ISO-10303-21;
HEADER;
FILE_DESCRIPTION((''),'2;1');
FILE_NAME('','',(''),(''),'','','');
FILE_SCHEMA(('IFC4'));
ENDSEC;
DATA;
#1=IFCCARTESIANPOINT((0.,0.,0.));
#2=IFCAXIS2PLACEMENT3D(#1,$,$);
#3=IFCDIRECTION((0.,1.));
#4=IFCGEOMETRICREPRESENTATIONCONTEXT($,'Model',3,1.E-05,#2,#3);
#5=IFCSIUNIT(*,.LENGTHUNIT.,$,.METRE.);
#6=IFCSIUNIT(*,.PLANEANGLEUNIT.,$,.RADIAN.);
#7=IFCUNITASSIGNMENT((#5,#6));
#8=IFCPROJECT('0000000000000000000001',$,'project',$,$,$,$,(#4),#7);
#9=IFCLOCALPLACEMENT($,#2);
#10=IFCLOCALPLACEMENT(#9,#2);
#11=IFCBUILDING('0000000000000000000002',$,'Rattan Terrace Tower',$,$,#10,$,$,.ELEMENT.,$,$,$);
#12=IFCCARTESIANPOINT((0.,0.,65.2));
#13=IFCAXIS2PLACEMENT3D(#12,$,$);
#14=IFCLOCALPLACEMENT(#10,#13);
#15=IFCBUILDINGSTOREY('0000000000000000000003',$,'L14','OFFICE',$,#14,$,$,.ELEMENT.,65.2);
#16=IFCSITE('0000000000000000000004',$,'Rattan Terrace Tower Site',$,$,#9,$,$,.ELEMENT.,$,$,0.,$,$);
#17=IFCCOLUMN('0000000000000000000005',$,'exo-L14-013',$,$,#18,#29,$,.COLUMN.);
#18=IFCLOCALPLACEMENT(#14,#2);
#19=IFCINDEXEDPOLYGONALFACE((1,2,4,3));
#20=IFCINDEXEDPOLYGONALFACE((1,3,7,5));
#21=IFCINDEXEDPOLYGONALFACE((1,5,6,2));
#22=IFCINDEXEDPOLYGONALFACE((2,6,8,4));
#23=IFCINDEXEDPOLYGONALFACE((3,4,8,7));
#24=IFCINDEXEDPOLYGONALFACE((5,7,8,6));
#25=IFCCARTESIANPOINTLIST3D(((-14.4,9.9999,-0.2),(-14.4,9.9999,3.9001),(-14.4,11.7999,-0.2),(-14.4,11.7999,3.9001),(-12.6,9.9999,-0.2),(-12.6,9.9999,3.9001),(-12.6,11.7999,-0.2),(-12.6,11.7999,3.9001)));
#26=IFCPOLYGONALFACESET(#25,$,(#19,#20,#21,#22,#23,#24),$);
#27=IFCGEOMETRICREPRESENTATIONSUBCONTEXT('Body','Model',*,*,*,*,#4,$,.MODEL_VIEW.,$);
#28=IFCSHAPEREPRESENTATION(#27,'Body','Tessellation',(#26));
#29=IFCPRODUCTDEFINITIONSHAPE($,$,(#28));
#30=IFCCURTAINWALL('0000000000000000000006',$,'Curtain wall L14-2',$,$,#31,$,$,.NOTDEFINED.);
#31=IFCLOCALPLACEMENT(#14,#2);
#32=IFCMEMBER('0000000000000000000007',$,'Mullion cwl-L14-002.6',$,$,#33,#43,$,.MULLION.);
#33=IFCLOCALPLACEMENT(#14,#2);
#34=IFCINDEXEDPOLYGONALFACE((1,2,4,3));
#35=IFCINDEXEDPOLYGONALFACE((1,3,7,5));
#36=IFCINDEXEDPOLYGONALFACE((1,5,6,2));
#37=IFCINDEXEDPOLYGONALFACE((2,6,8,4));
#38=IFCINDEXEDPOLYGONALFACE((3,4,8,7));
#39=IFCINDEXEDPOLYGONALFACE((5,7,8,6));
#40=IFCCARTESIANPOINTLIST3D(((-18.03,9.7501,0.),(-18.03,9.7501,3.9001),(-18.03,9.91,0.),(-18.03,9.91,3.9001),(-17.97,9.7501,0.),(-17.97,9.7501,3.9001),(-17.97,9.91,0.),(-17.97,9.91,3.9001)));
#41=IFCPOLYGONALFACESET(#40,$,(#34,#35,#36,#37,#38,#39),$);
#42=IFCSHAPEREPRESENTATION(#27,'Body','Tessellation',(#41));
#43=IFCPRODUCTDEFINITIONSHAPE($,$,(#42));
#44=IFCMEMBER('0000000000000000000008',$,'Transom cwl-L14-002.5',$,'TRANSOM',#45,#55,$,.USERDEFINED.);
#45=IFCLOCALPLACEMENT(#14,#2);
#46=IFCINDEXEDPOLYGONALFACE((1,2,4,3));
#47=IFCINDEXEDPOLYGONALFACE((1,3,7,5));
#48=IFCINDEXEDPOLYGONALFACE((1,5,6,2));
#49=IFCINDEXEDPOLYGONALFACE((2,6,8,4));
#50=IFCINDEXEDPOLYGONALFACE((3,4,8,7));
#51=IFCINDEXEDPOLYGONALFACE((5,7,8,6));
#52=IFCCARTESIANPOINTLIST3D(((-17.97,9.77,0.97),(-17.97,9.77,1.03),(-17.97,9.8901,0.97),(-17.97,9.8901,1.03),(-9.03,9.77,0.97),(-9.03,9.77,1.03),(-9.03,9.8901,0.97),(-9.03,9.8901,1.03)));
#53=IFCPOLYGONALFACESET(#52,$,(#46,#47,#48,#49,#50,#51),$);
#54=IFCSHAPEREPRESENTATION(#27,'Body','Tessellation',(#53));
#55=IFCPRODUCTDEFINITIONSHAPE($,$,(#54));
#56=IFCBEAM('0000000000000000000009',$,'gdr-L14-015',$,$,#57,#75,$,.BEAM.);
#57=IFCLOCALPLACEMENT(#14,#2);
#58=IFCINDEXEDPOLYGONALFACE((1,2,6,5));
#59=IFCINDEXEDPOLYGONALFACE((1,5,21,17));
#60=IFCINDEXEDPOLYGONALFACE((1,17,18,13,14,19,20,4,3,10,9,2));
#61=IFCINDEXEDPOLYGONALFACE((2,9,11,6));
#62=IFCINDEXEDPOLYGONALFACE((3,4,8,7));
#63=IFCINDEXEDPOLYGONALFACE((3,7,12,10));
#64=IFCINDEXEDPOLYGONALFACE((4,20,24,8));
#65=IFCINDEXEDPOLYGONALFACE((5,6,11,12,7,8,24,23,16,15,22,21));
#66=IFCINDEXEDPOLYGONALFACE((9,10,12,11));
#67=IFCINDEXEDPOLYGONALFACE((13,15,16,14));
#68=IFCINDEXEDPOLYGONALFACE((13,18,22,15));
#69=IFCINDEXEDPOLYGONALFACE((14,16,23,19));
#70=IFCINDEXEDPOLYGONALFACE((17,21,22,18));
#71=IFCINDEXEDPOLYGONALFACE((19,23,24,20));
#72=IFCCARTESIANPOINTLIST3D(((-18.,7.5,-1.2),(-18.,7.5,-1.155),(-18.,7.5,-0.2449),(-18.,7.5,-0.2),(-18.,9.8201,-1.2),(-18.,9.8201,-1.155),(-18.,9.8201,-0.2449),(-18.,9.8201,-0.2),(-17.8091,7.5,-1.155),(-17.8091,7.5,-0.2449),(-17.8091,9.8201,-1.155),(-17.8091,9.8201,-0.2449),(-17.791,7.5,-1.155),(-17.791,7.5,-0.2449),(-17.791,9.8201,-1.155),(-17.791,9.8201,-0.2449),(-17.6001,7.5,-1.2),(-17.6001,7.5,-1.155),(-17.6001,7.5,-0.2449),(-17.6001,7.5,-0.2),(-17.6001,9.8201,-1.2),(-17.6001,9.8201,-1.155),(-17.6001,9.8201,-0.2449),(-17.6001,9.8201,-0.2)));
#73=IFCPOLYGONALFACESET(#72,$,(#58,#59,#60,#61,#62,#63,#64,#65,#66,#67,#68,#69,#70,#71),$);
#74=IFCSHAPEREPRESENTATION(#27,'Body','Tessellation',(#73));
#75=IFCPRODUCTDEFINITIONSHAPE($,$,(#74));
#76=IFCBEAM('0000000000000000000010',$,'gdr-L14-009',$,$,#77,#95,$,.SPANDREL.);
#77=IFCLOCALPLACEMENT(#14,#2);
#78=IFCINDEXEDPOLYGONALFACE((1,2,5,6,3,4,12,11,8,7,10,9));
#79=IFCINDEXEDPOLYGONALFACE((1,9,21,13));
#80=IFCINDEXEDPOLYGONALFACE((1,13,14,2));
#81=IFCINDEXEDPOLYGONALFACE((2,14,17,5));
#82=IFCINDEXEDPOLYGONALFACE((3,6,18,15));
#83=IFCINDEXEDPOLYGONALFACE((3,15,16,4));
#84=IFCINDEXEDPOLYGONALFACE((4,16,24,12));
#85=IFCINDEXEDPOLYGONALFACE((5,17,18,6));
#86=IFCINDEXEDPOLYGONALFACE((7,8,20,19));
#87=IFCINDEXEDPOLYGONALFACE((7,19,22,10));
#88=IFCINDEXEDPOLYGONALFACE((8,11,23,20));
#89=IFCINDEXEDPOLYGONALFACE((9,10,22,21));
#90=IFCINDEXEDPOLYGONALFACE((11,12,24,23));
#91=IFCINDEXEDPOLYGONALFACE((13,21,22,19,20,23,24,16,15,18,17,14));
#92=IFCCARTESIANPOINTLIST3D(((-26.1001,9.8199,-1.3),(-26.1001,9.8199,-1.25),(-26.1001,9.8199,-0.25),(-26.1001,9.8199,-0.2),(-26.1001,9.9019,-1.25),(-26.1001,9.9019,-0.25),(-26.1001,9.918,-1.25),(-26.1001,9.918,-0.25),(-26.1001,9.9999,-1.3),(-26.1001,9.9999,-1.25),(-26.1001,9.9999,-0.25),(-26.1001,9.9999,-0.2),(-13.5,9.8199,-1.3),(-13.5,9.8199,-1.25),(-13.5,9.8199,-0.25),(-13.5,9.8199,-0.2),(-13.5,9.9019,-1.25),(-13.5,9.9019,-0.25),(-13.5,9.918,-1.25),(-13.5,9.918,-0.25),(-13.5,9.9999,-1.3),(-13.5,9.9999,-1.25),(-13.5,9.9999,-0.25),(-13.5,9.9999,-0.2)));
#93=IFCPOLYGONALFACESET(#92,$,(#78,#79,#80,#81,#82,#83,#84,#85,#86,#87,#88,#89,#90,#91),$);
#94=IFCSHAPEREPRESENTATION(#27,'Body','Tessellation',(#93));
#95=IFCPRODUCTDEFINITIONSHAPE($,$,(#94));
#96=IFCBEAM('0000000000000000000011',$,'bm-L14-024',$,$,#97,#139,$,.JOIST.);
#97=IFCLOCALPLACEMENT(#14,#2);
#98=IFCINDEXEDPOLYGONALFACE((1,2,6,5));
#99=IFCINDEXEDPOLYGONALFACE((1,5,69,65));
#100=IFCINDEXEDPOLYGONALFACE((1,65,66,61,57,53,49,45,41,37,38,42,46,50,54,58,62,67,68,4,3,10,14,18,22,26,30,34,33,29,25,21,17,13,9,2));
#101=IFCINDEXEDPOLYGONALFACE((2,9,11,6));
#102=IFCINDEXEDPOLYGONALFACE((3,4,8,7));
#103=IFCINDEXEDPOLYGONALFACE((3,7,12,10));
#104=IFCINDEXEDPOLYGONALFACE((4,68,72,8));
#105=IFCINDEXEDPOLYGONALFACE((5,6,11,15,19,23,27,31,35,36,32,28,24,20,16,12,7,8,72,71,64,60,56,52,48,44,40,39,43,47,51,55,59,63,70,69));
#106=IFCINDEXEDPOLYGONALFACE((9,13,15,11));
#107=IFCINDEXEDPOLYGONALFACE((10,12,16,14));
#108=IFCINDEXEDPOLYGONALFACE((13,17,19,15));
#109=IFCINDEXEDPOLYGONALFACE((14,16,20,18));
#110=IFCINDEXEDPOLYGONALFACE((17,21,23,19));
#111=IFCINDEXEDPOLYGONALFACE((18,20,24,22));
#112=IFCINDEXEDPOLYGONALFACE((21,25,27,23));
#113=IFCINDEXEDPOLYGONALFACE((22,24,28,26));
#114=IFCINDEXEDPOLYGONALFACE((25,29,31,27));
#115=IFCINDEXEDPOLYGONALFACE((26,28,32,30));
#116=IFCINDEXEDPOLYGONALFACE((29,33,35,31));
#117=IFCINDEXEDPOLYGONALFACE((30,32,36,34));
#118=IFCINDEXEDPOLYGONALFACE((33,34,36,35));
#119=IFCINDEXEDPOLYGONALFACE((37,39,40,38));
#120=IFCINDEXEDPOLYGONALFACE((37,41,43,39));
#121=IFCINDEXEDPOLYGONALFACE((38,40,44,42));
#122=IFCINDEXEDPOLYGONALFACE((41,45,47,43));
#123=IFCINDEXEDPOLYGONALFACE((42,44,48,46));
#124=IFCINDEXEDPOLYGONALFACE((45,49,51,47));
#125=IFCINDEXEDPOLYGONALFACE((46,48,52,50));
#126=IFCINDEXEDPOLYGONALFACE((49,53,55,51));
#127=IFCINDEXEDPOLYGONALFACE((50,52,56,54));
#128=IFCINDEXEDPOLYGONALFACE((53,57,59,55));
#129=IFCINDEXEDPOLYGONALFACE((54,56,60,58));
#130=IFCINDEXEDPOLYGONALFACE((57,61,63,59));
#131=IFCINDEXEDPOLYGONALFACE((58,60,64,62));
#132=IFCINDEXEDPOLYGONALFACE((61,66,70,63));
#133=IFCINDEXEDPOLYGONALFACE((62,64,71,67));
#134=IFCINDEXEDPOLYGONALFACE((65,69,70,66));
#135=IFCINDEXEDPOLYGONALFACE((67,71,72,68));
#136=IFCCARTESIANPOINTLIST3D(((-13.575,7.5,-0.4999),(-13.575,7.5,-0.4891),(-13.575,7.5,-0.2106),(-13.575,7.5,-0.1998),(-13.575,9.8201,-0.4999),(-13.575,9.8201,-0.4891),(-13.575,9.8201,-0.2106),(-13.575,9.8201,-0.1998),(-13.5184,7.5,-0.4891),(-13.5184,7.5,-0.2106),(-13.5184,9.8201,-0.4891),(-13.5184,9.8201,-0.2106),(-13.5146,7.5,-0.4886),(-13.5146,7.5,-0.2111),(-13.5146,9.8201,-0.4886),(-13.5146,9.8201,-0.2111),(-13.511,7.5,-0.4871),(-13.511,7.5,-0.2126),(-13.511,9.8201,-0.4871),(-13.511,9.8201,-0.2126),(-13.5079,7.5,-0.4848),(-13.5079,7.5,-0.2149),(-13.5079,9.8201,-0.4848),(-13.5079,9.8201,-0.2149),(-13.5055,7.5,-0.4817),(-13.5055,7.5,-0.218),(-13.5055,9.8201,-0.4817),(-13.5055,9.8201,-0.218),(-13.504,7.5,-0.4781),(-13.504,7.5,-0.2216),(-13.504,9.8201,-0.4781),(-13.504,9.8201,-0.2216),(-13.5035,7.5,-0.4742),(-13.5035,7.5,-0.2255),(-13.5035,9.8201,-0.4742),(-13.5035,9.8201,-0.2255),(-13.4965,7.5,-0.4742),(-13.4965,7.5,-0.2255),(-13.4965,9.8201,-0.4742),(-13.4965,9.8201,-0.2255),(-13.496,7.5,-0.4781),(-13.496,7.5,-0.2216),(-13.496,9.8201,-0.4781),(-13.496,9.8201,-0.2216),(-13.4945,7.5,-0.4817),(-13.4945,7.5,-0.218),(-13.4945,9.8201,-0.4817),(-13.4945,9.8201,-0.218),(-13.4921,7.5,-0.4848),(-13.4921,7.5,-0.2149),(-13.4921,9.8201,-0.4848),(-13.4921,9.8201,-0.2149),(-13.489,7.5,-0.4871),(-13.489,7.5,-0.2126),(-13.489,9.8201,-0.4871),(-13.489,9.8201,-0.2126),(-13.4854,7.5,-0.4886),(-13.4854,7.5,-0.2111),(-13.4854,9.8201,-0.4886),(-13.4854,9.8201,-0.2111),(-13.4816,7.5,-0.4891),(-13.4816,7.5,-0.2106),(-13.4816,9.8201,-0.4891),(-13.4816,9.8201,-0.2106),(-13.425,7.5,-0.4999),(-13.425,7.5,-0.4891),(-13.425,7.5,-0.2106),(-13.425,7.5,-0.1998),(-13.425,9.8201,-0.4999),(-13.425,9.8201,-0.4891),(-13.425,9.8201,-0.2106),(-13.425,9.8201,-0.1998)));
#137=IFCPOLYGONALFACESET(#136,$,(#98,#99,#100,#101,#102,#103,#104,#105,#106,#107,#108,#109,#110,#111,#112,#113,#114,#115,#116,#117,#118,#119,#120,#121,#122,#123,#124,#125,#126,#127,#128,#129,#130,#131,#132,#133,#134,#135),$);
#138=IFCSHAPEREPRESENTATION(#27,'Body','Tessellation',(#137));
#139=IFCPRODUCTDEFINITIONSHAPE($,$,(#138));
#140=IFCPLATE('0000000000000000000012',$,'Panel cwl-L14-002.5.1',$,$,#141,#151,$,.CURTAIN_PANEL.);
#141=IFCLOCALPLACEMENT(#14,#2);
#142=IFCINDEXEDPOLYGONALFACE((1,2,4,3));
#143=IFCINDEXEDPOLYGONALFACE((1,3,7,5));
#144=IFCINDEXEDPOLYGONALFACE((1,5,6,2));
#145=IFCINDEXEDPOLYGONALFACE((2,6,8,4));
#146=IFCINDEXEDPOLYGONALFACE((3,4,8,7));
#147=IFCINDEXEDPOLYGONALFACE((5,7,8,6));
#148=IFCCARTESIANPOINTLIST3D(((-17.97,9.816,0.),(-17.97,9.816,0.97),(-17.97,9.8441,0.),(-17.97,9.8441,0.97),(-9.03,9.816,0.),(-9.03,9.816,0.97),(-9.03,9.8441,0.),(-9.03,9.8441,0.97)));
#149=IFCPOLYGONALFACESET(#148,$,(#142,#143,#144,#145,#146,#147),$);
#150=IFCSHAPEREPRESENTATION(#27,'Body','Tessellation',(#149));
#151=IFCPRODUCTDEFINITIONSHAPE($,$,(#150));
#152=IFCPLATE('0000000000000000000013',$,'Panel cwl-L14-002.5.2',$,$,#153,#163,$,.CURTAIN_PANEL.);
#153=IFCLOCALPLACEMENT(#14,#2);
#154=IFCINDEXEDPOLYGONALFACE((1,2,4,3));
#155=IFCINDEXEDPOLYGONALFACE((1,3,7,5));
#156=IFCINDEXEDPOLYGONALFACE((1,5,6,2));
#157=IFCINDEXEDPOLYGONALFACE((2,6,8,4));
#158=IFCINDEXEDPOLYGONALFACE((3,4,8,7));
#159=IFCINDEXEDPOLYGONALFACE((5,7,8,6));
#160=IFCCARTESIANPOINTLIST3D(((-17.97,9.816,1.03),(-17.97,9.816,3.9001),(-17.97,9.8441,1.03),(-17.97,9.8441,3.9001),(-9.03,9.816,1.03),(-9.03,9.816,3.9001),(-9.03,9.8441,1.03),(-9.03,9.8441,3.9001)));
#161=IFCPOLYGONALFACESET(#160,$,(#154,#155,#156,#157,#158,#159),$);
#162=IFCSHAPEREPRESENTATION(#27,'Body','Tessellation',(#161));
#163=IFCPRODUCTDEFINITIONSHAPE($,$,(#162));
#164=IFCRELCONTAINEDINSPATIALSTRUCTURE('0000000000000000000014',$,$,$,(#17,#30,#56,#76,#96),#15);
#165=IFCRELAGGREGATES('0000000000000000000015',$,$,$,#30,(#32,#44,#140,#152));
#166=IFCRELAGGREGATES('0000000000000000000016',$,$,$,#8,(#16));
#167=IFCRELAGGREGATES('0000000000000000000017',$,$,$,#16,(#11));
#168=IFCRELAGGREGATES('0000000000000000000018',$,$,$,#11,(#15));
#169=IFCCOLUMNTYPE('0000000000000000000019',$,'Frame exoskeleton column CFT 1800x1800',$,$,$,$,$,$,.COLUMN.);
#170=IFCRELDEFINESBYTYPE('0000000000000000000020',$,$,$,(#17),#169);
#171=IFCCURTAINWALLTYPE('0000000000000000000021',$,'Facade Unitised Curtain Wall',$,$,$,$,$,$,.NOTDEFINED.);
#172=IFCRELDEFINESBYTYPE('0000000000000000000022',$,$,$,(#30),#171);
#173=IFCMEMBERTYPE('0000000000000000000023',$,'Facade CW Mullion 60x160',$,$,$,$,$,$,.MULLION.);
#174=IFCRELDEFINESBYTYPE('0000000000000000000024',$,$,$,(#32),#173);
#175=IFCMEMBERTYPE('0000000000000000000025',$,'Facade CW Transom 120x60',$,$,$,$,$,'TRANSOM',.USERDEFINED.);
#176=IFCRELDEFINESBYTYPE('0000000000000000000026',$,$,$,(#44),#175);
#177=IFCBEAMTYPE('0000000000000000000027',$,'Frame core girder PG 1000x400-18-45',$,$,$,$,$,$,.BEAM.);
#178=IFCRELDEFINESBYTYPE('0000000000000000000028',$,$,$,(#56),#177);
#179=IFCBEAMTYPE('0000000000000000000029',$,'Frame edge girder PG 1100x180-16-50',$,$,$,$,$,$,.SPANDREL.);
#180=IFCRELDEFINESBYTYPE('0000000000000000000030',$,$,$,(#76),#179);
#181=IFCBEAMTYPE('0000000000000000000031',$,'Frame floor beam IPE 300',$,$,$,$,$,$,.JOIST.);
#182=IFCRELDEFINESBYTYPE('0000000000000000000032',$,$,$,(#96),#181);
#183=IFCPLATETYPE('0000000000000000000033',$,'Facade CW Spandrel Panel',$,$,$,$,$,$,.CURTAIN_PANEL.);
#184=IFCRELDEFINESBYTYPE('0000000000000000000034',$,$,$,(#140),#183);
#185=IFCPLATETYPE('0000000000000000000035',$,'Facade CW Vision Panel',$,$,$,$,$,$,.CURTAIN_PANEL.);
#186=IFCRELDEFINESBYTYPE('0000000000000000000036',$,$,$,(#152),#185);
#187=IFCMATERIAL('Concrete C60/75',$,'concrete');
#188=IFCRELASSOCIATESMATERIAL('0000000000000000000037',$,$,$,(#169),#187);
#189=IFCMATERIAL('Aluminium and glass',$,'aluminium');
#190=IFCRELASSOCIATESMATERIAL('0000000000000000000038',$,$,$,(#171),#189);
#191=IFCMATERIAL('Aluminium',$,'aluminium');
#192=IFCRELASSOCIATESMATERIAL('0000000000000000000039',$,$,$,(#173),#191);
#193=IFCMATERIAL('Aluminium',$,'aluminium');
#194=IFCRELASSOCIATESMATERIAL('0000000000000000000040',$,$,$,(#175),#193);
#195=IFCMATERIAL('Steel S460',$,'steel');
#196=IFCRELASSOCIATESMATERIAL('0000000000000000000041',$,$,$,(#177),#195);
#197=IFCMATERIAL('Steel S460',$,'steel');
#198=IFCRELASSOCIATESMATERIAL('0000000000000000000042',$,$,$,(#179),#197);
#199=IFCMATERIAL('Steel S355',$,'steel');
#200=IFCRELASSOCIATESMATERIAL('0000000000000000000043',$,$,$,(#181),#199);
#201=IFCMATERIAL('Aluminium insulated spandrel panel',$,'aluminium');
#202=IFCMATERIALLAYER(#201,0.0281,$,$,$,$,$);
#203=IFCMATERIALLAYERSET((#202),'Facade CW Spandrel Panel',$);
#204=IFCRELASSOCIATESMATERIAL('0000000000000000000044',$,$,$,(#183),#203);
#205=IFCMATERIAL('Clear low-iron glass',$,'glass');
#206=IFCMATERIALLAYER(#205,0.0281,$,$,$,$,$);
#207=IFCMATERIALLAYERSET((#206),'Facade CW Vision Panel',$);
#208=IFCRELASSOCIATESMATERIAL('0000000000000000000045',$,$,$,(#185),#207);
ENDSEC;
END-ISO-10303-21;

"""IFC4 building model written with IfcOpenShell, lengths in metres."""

from ifc_helpers import new_model, si_unit, direction, frame, origin, origin_2d, place, context, subcontext, project, spatial, rectangle, i_section, extrude, material, layer, layer_set, material_profile, profile_set, type_object, element, aggregate, save


model = new_model("IFC4")

# Units and contexts
model_context = context("Model", 3, precision=1e-05, world=origin(), true_north=direction((0.0, 1.0)))
body_context = subcontext(model_context, "Body", "Model", "MODEL_VIEW")
ifc_project = project(units=[si_unit("LENGTHUNIT", "METRE"), si_unit("PLANEANGLEUNIT", "RADIAN")], contexts=[model_context])

# Site, building, storey
site_placement = place(None, origin())
site = spatial("IfcSite", under=ifc_project, at=site_placement, Name="Rattan Terrace Tower Site", CompositionType="ELEMENT", RefElevation=0.0)
building_placement = place(site_placement, origin())
building = spatial("IfcBuilding", under=site, at=building_placement, Name="Rattan Terrace Tower", CompositionType="ELEMENT")
storey_placement = place(building_placement, frame((0.0, 0.0, 65.2)))
storey = spatial("IfcBuildingStorey", under=building, at=storey_placement, Name="L14", Description="OFFICE", CompositionType="ELEMENT", Elevation=65.2)

# Column
ifc_material_1 = material(Name="Concrete C60/75", Category="concrete")
ifc_material_profile_1 = material_profile(ifc_material_1, rectangle(XDim=1.8, YDim=1.8, at=origin_2d()), Name="CFT 1800x1800")
ifc_profile_set_1 = profile_set([ifc_material_profile_1], Name="Concrete C60/75")
column_type = type_object("IfcColumnType", Name="Frame exoskeleton column CFT 1800x1800", PredefinedType="COLUMN", material=ifc_profile_set_1)
column_placement = place(storey_placement, frame((-13.5, 10.8999, -0.2), z_axis=(0.0, 0.0, 1.0), x_axis=(1.0, 0.0, 0.0)))
element("IfcColumn", 1, at=column_placement, inside=storey, type_object=column_type, Name="exo-L14-013", PredefinedType="COLUMN", context=body_context, shape_type="SweptSolid", body=[
    extrude(rectangle(XDim=1.8, YDim=1.8, at=origin_2d()), origin(), (0.0, 0.0, 1.0), 4.1001),
])

# Curtain wall, members
ifc_material_2 = material(Name="Aluminium and glass", Category="aluminium")
curtain_wall_type = type_object("IfcCurtainWallType", Name="Facade Unitised Curtain Wall", PredefinedType="NOTDEFINED", material=ifc_material_2)
curtain_wall_placement = place(storey_placement, origin())
curtain_wall = element("IfcCurtainWall", 2, at=curtain_wall_placement, inside=storey, type_object=curtain_wall_type, Name="Curtain wall L14-2", PredefinedType="NOTDEFINED")
ifc_material_3 = material(Name="Aluminium", Category="aluminium")
ifc_material_profile_2 = material_profile(ifc_material_3, rectangle(XDim=0.0601, YDim=0.1599, at=origin_2d()), Name="Aluminium 60x160")
ifc_profile_set_2 = profile_set([ifc_material_profile_2], Name="Aluminium")
member_type_1 = type_object("IfcMemberType", Name="Facade CW Mullion 60x160", PredefinedType="MULLION", material=ifc_profile_set_2)
member_1_placement = place(storey_placement, frame((-18.0, 9.8301, 0.0), z_axis=(0.0, 0.0, 1.0), x_axis=(-1.0, 0.0, 0.0)))
member_1 = element("IfcMember", 3, at=member_1_placement, type_object=member_type_1, Name="Mullion cwl-L14-002.6", PredefinedType="MULLION", context=body_context, shape_type="SweptSolid", body=[
    extrude(rectangle(XDim=0.0601, YDim=0.1599, at=origin_2d()), origin(), (0.0, 0.0, 1.0), 3.9001),
])
ifc_material_4 = material(Name="Aluminium", Category="aluminium")
ifc_material_profile_3 = material_profile(ifc_material_4, rectangle(XDim=0.1201, YDim=0.0601, at=origin_2d()), Name="Aluminium 120x60")
ifc_profile_set_3 = profile_set([ifc_material_profile_3], Name="Aluminium")
member_type_2 = type_object("IfcMemberType", Name="Facade CW Transom 120x60", ElementType="TRANSOM", PredefinedType="USERDEFINED", material=ifc_profile_set_3)
member_2_placement = place(storey_placement, frame((-9.03, 9.8301, 1.0), z_axis=(-1.0, 0.0, 0.0), x_axis=(0.0, -1.0, 0.0)))
member_2 = element("IfcMember", 4, at=member_2_placement, type_object=member_type_2, Name="Transom cwl-L14-002.5", ObjectType="TRANSOM", PredefinedType="USERDEFINED", context=body_context, shape_type="SweptSolid", body=[
    extrude(rectangle(XDim=0.1201, YDim=0.0601, at=origin_2d()), origin(), (0.0, 0.0, 1.0), 8.9399),
])

# Beams
ifc_material_5 = material(Name="Steel S460", Category="steel")
ifc_material_profile_4 = material_profile(ifc_material_5, i_section(OverallWidth=0.3999, OverallDepth=1.0, WebThickness=0.0181, FlangeThickness=0.0449, at=origin_2d()), Name="PG 1000x400-18-45")
ifc_profile_set_4 = profile_set([ifc_material_profile_4], Name="Steel S460")
beam_type_1 = type_object("IfcBeamType", Name="Frame core girder PG 1000x400-18-45", PredefinedType="BEAM", material=ifc_profile_set_4)
beam_1_placement = place(storey_placement, frame((-17.8, 7.5, -0.7), z_axis=(0.0, 1.0, 0.0), x_axis=(-1.0, 0.0, 0.0)))
element("IfcBeam", 5, at=beam_1_placement, inside=storey, type_object=beam_type_1, Name="gdr-L14-015", PredefinedType="BEAM", context=body_context, shape_type="SweptSolid", body=[
    extrude(i_section(OverallWidth=0.3999, OverallDepth=1.0, WebThickness=0.0181, FlangeThickness=0.0449, at=origin_2d()), origin(), (0.0, 0.0, 1.0), 2.3201),
])
ifc_material_6 = material(Name="Steel S460", Category="steel")
ifc_material_profile_5 = material_profile(ifc_material_6, i_section(OverallWidth=0.1799, OverallDepth=1.1001, WebThickness=0.0161, FlangeThickness=0.05, at=origin_2d()), Name="PG 1100x180-16-50")
ifc_profile_set_5 = profile_set([ifc_material_profile_5], Name="Steel S460")
beam_type_2 = type_object("IfcBeamType", Name="Frame edge girder PG 1100x180-16-50", PredefinedType="SPANDREL", material=ifc_profile_set_5)
beam_2_placement = place(storey_placement, frame((-13.5, 9.9099, -0.75), z_axis=(-1.0, 0.0, 0.0), x_axis=(0.0, -1.0, 0.0)))
element("IfcBeam", 6, at=beam_2_placement, inside=storey, type_object=beam_type_2, Name="gdr-L14-009", PredefinedType="SPANDREL", context=body_context, shape_type="SweptSolid", body=[
    extrude(i_section(OverallWidth=0.1799, OverallDepth=1.1001, WebThickness=0.0161, FlangeThickness=0.05, at=origin_2d()), origin(), (0.0, 0.0, 1.0), 12.6001),
])
ifc_material_7 = material(Name="Steel S355", Category="steel")
ifc_material_profile_6 = material_profile(ifc_material_7, i_section(OverallWidth=0.1499, OverallDepth=0.3, WebThickness=0.0071, FlangeThickness=0.0107, FilletRadius=0.0149, at=origin_2d()), Name="IPE 300")
ifc_profile_set_6 = profile_set([ifc_material_profile_6], Name="Steel S355")
beam_type_3 = type_object("IfcBeamType", Name="Frame floor beam IPE 300", PredefinedType="JOIST", material=ifc_profile_set_6)
beam_3_placement = place(storey_placement, frame((-13.5, 7.5, -0.3499), z_axis=(0.0, 1.0, 0.0), x_axis=(-1.0, 0.0, 0.0)))
element("IfcBeam", 7, at=beam_3_placement, inside=storey, type_object=beam_type_3, Name="bm-L14-024", PredefinedType="JOIST", context=body_context, shape_type="SweptSolid", body=[
    extrude(i_section(OverallWidth=0.1499, OverallDepth=0.3, WebThickness=0.0071, FlangeThickness=0.0107, FilletRadius=0.0149, at=origin_2d()), origin(), (0.0, 0.0, 1.0), 2.3201),
])

# Plates
ifc_material_8 = material(Name="Aluminium insulated spandrel panel", Category="aluminium")
ifc_layer_1 = layer(ifc_material_8, 0.0281)
ifc_layer_set_1 = layer_set([ifc_layer_1], Name="Facade CW Spandrel Panel")
plate_type_1 = type_object("IfcPlateType", Name="Facade CW Spandrel Panel", PredefinedType="CURTAIN_PANEL", material=ifc_layer_set_1)
plate_1_placement = place(storey_placement, frame((-13.5, 9.8301, 0.0), z_axis=(0.0, 0.0, 1.0), x_axis=(-1.0, 0.0, 0.0)))
plate_1 = element("IfcPlate", 8, at=plate_1_placement, type_object=plate_type_1, Name="Panel cwl-L14-002.5.1", PredefinedType="CURTAIN_PANEL", context=body_context, shape_type="SweptSolid", body=[
    extrude(rectangle(XDim=8.9399, YDim=0.0281, at=origin_2d()), origin(), (0.0, 0.0, 1.0), 0.97),
])
ifc_material_9 = material(Name="Clear low-iron glass", Category="glass")
ifc_layer_2 = layer(ifc_material_9, 0.0281)
ifc_layer_set_2 = layer_set([ifc_layer_2], Name="Facade CW Vision Panel")
plate_type_2 = type_object("IfcPlateType", Name="Facade CW Vision Panel", PredefinedType="CURTAIN_PANEL", material=ifc_layer_set_2)
plate_2_placement = place(storey_placement, frame((-13.5, 9.8301, 1.03), z_axis=(0.0, 0.0, 1.0), x_axis=(-1.0, 0.0, 0.0)))
plate_2 = element("IfcPlate", 9, at=plate_2_placement, type_object=plate_type_2, Name="Panel cwl-L14-002.5.2", PredefinedType="CURTAIN_PANEL", context=body_context, shape_type="SweptSolid", body=[
    extrude(rectangle(XDim=8.9399, YDim=0.0281, at=origin_2d()), origin(), (0.0, 0.0, 1.0), 2.8701),
])
aggregate(curtain_wall, [member_1, member_2, plate_1, plate_2])

save(model, "model.ifc")
